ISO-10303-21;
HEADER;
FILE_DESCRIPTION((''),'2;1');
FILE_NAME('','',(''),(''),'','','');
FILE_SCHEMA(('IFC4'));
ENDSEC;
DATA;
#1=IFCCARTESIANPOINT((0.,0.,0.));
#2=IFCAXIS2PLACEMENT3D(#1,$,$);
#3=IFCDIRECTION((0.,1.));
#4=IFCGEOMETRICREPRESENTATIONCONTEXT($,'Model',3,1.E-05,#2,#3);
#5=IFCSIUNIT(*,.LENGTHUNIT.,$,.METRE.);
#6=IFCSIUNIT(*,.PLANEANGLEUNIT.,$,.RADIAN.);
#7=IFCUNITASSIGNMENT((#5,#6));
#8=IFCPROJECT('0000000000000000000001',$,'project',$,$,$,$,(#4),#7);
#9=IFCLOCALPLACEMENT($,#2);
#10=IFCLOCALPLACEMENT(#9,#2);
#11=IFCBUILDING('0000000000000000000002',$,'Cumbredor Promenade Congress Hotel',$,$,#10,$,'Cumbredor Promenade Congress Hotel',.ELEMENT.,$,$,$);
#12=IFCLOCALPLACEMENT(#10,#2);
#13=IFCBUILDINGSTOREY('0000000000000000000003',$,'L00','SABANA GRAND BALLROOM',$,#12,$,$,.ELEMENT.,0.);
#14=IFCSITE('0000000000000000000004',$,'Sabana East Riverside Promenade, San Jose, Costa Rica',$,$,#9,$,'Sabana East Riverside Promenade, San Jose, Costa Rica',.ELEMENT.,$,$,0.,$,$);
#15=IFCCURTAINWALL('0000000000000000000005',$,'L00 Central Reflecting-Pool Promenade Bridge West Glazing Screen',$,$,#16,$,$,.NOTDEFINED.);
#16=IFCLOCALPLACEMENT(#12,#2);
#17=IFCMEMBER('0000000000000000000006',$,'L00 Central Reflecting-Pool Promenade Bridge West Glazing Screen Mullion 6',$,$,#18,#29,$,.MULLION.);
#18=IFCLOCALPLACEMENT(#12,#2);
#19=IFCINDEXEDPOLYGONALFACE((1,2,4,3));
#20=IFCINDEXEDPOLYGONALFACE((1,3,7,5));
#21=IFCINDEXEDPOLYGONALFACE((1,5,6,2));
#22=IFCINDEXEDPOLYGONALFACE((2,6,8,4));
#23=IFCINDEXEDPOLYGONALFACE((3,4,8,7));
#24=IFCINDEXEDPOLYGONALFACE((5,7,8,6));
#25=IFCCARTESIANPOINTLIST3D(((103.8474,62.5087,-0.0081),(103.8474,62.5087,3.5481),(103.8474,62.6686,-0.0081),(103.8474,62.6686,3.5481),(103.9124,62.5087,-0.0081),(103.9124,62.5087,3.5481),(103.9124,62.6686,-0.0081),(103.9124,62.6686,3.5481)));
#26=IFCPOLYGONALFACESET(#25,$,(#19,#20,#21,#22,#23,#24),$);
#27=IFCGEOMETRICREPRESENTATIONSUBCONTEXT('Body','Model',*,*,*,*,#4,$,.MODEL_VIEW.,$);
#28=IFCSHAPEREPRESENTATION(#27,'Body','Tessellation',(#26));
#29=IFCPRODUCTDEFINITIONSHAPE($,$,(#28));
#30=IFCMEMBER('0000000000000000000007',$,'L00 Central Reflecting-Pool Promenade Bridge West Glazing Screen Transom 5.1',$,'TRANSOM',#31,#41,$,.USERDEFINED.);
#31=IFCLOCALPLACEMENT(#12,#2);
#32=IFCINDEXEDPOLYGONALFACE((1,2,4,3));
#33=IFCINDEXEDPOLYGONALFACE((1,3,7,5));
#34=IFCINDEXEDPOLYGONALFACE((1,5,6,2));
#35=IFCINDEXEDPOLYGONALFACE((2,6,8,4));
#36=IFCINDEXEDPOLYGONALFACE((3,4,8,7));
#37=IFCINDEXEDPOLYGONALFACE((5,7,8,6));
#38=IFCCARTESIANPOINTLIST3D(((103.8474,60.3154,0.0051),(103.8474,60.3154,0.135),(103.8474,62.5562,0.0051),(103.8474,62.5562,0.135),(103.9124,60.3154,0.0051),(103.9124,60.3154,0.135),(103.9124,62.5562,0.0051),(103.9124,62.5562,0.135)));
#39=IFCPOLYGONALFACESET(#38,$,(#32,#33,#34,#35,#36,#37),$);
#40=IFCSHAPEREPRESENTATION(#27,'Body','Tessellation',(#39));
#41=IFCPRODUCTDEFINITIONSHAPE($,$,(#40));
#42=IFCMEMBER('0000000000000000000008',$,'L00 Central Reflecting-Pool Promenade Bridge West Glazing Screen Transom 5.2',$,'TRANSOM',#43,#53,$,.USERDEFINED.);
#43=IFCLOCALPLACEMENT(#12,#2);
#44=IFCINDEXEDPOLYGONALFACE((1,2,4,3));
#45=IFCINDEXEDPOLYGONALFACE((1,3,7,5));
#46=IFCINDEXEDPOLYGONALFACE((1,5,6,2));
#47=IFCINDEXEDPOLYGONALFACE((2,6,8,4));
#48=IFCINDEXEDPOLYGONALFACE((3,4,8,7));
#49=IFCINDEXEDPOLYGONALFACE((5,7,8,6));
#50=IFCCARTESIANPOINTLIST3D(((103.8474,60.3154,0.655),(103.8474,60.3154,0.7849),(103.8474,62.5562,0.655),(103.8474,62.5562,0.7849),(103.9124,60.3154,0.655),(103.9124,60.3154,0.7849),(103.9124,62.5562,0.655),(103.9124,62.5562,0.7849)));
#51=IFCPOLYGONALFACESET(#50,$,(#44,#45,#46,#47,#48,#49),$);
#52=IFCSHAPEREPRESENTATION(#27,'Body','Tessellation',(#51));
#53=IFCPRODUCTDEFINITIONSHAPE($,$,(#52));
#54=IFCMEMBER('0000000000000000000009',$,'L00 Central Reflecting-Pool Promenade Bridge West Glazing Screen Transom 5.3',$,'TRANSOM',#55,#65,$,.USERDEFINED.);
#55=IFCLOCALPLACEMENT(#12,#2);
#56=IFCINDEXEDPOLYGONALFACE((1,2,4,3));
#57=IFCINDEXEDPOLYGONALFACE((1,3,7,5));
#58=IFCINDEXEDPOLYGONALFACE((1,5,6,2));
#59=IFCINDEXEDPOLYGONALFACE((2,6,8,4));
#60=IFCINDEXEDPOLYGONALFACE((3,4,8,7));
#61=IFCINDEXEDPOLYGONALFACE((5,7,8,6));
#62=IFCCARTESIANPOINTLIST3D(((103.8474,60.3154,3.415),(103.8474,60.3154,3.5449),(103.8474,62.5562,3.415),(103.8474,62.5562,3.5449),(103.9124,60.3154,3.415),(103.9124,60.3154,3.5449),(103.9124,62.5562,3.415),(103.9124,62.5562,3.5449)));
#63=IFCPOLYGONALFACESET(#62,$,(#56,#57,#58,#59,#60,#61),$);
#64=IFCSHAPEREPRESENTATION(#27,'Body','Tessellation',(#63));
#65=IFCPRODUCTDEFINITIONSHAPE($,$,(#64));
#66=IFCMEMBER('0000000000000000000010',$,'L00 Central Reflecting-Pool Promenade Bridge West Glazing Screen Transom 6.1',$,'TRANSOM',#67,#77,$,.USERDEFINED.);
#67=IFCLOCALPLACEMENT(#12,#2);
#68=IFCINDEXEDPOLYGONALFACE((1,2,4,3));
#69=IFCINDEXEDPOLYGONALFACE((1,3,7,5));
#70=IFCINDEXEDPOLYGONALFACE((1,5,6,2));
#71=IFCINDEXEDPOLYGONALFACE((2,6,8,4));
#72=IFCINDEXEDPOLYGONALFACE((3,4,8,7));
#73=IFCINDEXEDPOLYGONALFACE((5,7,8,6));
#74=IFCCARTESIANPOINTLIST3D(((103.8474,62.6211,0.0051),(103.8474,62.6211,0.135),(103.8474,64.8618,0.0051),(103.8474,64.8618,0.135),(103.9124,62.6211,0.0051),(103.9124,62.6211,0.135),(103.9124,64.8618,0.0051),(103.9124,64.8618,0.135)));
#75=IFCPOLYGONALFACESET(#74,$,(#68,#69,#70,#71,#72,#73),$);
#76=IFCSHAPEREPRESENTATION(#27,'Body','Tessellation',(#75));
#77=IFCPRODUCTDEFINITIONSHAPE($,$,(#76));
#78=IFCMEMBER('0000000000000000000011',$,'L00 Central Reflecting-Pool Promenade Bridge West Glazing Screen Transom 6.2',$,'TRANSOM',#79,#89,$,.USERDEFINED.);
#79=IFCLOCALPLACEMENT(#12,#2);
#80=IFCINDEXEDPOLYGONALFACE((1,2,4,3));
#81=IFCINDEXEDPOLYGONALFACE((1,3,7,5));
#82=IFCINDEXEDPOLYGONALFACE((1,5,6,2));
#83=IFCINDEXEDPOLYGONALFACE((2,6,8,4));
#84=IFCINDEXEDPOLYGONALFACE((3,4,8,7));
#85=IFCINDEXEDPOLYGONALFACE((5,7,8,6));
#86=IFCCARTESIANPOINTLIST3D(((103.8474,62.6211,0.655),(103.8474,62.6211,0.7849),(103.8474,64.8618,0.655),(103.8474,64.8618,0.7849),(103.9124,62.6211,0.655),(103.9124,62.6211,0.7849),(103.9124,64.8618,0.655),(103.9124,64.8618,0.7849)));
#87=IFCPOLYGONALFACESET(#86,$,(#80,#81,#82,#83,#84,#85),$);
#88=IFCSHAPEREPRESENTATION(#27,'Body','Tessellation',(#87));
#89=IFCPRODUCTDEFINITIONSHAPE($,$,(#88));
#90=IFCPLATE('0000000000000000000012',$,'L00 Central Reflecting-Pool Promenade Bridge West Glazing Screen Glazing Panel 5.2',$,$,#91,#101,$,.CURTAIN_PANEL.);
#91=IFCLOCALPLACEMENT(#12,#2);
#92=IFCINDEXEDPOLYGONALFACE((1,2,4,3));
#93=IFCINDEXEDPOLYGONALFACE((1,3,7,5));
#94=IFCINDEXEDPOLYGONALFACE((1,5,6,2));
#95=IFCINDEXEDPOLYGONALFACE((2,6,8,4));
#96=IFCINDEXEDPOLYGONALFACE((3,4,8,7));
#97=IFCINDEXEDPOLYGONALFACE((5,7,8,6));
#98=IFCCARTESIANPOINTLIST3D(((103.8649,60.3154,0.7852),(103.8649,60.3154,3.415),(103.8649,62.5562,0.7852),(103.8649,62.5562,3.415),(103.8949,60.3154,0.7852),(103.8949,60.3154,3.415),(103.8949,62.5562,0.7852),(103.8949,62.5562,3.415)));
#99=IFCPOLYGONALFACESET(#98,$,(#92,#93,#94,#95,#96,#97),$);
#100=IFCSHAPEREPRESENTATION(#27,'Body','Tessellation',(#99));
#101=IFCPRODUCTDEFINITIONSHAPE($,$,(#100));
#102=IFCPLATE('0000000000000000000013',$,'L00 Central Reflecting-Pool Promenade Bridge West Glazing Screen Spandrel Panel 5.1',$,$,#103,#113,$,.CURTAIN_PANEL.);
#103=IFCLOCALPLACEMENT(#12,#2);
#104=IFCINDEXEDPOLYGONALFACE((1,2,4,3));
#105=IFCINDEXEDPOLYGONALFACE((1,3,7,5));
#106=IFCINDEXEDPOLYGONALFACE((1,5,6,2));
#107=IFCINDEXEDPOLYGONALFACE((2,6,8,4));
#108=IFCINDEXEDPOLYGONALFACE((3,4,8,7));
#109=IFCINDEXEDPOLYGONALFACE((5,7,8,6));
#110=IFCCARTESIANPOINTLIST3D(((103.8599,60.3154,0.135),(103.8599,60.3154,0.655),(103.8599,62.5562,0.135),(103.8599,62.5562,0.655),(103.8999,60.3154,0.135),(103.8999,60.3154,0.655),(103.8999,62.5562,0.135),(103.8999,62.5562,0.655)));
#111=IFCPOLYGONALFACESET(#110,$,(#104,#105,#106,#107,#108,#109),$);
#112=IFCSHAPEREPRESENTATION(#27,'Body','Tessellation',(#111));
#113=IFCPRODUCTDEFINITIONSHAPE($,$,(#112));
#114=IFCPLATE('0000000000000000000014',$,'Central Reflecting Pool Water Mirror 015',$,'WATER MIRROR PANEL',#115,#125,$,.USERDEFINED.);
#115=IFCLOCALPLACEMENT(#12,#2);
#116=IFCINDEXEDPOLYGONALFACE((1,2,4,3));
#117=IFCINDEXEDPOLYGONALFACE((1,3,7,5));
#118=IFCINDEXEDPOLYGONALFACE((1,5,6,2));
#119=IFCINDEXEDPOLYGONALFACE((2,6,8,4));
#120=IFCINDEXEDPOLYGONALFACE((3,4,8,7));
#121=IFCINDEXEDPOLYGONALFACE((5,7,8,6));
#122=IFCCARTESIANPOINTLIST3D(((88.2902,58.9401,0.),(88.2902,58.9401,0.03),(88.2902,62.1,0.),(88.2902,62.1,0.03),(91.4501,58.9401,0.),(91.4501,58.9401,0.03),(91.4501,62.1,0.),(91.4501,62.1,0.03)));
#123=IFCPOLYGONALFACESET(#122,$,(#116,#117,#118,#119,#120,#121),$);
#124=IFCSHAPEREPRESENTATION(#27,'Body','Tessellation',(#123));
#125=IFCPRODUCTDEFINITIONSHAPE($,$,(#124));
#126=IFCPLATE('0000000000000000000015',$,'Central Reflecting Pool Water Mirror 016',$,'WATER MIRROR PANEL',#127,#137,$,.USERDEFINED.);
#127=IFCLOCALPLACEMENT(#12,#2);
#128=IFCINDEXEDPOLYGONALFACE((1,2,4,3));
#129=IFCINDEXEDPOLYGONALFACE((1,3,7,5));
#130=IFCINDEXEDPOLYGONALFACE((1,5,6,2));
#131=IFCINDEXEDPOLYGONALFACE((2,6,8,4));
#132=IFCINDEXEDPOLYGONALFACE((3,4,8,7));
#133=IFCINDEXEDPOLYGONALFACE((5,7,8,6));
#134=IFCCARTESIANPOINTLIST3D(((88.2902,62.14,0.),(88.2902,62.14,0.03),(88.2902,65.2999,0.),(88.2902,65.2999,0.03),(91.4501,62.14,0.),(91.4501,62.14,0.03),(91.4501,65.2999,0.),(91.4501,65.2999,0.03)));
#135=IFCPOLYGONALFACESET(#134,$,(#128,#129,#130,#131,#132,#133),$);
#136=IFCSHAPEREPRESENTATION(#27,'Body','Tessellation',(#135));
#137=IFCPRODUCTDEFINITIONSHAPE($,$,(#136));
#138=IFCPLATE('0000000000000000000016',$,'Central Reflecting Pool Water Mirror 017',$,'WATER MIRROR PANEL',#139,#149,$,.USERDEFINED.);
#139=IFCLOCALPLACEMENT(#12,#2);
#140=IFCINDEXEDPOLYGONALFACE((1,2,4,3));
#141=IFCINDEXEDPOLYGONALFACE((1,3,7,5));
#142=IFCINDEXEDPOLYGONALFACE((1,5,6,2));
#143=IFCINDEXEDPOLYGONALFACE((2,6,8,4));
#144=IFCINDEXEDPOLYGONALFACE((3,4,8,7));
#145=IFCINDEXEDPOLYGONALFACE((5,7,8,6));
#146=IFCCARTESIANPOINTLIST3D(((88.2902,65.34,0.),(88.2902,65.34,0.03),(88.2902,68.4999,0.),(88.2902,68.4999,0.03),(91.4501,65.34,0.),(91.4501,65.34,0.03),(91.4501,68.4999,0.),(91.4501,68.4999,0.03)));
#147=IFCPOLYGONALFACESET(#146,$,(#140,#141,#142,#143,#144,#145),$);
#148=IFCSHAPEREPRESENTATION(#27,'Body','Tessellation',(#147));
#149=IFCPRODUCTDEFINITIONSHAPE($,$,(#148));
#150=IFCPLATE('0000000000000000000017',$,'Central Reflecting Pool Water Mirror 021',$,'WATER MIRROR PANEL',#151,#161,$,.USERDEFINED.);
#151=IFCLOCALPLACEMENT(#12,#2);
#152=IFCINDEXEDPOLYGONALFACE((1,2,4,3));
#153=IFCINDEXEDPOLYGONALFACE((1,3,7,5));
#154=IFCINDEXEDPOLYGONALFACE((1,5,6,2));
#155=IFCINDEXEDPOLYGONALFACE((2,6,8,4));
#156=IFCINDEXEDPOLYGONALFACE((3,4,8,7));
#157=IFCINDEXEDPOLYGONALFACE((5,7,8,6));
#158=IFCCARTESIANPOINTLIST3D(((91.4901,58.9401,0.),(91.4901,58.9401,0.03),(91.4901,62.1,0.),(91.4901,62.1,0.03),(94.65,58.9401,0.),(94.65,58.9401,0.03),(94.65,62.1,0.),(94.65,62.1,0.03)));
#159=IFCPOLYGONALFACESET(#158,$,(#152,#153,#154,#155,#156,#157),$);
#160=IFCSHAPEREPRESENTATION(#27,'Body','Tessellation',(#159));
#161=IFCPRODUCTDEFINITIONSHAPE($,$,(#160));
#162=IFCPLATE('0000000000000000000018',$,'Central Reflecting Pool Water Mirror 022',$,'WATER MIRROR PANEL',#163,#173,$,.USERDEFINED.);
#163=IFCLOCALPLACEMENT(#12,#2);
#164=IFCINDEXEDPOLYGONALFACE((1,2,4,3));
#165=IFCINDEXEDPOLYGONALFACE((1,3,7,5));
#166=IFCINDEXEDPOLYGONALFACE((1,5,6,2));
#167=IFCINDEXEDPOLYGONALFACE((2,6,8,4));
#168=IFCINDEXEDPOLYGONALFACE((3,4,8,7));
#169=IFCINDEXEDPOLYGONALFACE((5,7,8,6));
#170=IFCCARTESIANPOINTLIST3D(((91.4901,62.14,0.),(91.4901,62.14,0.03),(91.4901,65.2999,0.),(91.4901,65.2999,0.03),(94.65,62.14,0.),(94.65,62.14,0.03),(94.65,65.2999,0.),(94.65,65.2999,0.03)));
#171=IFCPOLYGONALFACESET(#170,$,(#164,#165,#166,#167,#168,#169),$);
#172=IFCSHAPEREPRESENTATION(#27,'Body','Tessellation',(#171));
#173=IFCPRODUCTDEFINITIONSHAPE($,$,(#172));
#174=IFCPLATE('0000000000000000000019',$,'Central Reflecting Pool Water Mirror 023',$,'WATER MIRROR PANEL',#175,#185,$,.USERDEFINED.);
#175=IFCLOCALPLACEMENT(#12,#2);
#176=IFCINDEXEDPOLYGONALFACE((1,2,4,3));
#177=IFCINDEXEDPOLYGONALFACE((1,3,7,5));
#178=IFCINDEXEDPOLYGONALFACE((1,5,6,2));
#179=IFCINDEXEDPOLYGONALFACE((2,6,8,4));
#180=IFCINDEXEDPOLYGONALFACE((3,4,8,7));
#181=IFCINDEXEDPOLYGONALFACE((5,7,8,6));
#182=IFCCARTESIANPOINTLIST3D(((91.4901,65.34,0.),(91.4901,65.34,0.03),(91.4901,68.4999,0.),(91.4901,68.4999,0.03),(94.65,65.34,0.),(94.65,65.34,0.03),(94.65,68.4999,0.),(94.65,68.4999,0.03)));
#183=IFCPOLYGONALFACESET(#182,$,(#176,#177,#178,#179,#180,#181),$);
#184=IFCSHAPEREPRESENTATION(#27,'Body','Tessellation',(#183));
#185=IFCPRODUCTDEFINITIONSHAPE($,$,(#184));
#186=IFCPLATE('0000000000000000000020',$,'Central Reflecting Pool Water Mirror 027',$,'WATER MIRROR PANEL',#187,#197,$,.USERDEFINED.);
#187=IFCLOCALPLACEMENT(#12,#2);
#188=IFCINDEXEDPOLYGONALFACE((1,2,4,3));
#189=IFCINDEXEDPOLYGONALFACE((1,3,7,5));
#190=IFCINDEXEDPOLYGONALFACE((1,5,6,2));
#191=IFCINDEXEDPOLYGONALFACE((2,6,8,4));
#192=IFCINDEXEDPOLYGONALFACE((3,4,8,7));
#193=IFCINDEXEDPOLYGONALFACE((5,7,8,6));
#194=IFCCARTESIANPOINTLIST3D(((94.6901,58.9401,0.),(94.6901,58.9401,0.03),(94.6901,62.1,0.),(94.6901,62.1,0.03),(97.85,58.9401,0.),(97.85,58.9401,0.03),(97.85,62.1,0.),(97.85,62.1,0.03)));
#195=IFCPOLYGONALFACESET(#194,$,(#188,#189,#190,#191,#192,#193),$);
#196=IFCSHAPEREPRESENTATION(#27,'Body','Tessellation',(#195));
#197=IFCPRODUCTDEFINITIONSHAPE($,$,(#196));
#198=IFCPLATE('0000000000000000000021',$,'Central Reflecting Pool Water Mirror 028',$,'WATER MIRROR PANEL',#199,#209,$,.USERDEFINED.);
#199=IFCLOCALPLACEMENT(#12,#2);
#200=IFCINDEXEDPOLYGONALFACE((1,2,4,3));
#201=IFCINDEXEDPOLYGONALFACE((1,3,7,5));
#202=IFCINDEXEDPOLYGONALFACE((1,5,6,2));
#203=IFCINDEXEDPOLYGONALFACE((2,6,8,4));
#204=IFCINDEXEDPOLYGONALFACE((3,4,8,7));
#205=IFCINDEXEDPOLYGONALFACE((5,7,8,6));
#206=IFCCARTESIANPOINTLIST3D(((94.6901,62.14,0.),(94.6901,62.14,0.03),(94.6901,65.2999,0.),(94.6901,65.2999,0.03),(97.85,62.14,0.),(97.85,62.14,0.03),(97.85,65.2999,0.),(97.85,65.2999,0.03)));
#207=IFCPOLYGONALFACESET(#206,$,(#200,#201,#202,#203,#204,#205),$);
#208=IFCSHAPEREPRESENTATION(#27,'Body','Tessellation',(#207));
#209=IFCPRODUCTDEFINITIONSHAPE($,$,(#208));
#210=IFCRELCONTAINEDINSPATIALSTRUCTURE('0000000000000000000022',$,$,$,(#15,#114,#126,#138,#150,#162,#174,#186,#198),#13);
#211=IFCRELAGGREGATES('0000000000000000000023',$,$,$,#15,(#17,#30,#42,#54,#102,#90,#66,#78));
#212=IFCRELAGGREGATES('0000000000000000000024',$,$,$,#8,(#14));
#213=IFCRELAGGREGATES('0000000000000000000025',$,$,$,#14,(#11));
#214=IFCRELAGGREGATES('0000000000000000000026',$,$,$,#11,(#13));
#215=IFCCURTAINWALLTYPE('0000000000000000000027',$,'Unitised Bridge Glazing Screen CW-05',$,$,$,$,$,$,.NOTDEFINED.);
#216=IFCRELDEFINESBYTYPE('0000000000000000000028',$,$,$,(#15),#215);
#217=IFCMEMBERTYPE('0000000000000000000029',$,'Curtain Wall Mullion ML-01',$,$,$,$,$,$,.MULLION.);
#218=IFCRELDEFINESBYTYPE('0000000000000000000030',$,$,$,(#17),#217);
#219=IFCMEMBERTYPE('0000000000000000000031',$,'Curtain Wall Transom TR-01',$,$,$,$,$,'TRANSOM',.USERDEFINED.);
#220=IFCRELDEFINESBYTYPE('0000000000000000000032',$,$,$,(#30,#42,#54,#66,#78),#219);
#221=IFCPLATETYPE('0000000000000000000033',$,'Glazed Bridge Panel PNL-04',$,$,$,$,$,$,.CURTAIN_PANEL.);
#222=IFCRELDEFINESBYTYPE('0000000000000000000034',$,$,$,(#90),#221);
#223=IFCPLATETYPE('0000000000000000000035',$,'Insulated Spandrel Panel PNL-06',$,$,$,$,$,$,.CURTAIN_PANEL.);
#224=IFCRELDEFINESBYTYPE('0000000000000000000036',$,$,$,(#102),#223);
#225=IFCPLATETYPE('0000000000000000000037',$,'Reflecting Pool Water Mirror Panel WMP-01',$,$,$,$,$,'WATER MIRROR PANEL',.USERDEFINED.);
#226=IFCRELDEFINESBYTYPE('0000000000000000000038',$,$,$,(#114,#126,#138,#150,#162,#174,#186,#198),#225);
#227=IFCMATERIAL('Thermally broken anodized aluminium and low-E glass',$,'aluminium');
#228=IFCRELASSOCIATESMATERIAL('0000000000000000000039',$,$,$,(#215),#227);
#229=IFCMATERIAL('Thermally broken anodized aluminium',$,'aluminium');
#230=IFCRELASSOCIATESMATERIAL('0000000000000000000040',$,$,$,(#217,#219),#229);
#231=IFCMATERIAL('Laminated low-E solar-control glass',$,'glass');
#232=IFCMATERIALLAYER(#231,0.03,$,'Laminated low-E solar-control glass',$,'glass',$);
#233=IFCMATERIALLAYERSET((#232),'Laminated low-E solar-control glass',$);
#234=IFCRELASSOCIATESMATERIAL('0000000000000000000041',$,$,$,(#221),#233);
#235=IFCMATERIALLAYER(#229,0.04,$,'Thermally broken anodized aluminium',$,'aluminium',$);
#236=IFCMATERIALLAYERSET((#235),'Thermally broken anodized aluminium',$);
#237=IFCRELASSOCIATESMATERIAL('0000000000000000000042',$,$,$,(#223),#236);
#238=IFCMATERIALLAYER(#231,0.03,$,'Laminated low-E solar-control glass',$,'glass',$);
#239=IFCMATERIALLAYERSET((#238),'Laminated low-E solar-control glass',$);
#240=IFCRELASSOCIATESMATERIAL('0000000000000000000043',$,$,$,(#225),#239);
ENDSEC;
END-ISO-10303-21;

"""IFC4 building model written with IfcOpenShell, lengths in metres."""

from ifc_helpers import new_model, si_unit, direction, frame, origin, origin_2d, place, context, subcontext, project, spatial, rectangle, extrude, material, layer, layer_set, material_profile, profile_set, type_object, element, aggregate, save


model = new_model("IFC4")

# Units and contexts
model_context = context("Model", 3, precision=1e-05, world=origin(), true_north=direction((0.0, 1.0)))
body_context = subcontext(model_context, "Body", "Model", "MODEL_VIEW")
ifc_project = project(units=[si_unit("LENGTHUNIT", "METRE"), si_unit("PLANEANGLEUNIT", "RADIAN")], contexts=[model_context])

# Site, building, storey
site_placement = place(None, origin())
site = spatial("IfcSite", under=ifc_project, at=site_placement, Name="Sabana East Riverside Promenade, San Jose, Costa Rica", LongName="Sabana East Riverside Promenade, San Jose, Costa Rica", CompositionType="ELEMENT", RefElevation=0.0)
building_placement = place(site_placement, origin())
building = spatial("IfcBuilding", under=site, at=building_placement, Name="Cumbredor Promenade Congress Hotel", LongName="Cumbredor Promenade Congress Hotel", CompositionType="ELEMENT")
storey_placement = place(building_placement, origin())
storey = spatial("IfcBuildingStorey", under=building, at=storey_placement, Name="L00", Description="SABANA GRAND BALLROOM", CompositionType="ELEMENT", Elevation=0.0)

# Curtain wall, members, plates
ifc_material_1 = material(Name="Thermally broken anodized aluminium and low-E glass", Category="aluminium")
curtain_wall_type = type_object("IfcCurtainWallType", Name="Unitised Bridge Glazing Screen CW-05", PredefinedType="NOTDEFINED", material=ifc_material_1)
curtain_wall_placement = place(storey_placement, origin())
curtain_wall = element("IfcCurtainWall", 1, at=curtain_wall_placement, inside=storey, type_object=curtain_wall_type, Name="L00 Central Reflecting-Pool Promenade Bridge West Glazing Screen", PredefinedType="NOTDEFINED")
ifc_material_2 = material(Name="Thermally broken anodized aluminium", Category="aluminium")
ifc_material_profile_1 = material_profile(ifc_material_2, rectangle(XDim=0.0649, YDim=0.1599, at=origin_2d()), Name="ALU MULLION 65x160")
ifc_profile_set_1 = profile_set([ifc_material_profile_1], Name="Thermally broken anodized aluminium")
member_type_1 = type_object("IfcMemberType", Name="Curtain Wall Mullion ML-01", PredefinedType="MULLION", material=ifc_profile_set_1)
member_1_placement = place(storey_placement, frame((103.8799, 62.5886, -0.0081), z_axis=(0.0, 0.0, 1.0), x_axis=(1.0, 0.0, 0.0)))
member_1 = element("IfcMember", 2, at=member_1_placement, type_object=member_type_1, Name="L00 Central Reflecting-Pool Promenade Bridge West Glazing Screen Mullion 6", PredefinedType="MULLION", context=body_context, shape_type="SweptSolid", body=[
    extrude(rectangle(XDim=0.0649, YDim=0.1599, at=origin_2d()), origin(), (0.0, 0.0, 1.0), 3.5562),
])
ifc_material_profile_2 = material_profile(ifc_material_2, rectangle(XDim=0.0649, YDim=0.1299, at=origin_2d()), Name="ALU TRANSOM 65x130")
ifc_profile_set_2 = profile_set([ifc_material_profile_2], Name="Thermally broken anodized aluminium")
member_type_2 = type_object("IfcMemberType", Name="Curtain Wall Transom TR-01", ElementType="TRANSOM", PredefinedType="USERDEFINED", material=ifc_profile_set_2)
member_2_placement = place(storey_placement, frame((103.8799, 60.3154, 0.0701), z_axis=(0.0, 1.0, 0.0), x_axis=(-1.0, 0.0, 0.0)))
member_2 = element("IfcMember", 3, at=member_2_placement, type_object=member_type_2, Name="L00 Central Reflecting-Pool Promenade Bridge West Glazing Screen Transom 5.1", ObjectType="TRANSOM", PredefinedType="USERDEFINED", context=body_context, shape_type="SweptSolid", body=[
    extrude(rectangle(XDim=0.0649, YDim=0.1299, at=origin_2d()), origin(), (0.0, 0.0, 1.0), 2.2407),
])
member_3_placement = place(storey_placement, frame((103.8799, 60.3154, 0.72), z_axis=(0.0, 1.0, 0.0), x_axis=(-1.0, 0.0, 0.0)))
member_3 = element("IfcMember", 4, at=member_3_placement, type_object=member_type_2, Name="L00 Central Reflecting-Pool Promenade Bridge West Glazing Screen Transom 5.2", ObjectType="TRANSOM", PredefinedType="USERDEFINED", context=body_context, shape_type="SweptSolid", body=[
    extrude(rectangle(XDim=0.0649, YDim=0.1299, at=origin_2d()), origin(), (0.0, 0.0, 1.0), 2.2407),
])
member_4_placement = place(storey_placement, frame((103.8799, 60.3154, 3.48), z_axis=(0.0, 1.0, 0.0), x_axis=(-1.0, 0.0, 0.0)))
member_4 = element("IfcMember", 5, at=member_4_placement, type_object=member_type_2, Name="L00 Central Reflecting-Pool Promenade Bridge West Glazing Screen Transom 5.3", ObjectType="TRANSOM", PredefinedType="USERDEFINED", context=body_context, shape_type="SweptSolid", body=[
    extrude(rectangle(XDim=0.0649, YDim=0.1299, at=origin_2d()), origin(), (0.0, 0.0, 1.0), 2.2407),
])
member_5_placement = place(storey_placement, frame((103.8799, 62.6211, 0.0701), z_axis=(0.0, 1.0, 0.0), x_axis=(-1.0, 0.0, 0.0)))
member_5 = element("IfcMember", 6, at=member_5_placement, type_object=member_type_2, Name="L00 Central Reflecting-Pool Promenade Bridge West Glazing Screen Transom 6.1", ObjectType="TRANSOM", PredefinedType="USERDEFINED", context=body_context, shape_type="SweptSolid", body=[
    extrude(rectangle(XDim=0.0649, YDim=0.1299, at=origin_2d()), origin(), (0.0, 0.0, 1.0), 2.2407),
])
member_6_placement = place(storey_placement, frame((103.8799, 62.6211, 0.72), z_axis=(0.0, 1.0, 0.0), x_axis=(-1.0, 0.0, 0.0)))
member_6 = element("IfcMember", 7, at=member_6_placement, type_object=member_type_2, Name="L00 Central Reflecting-Pool Promenade Bridge West Glazing Screen Transom 6.2", ObjectType="TRANSOM", PredefinedType="USERDEFINED", context=body_context, shape_type="SweptSolid", body=[
    extrude(rectangle(XDim=0.0649, YDim=0.1299, at=origin_2d()), origin(), (0.0, 0.0, 1.0), 2.2407),
])
ifc_material_3 = material(Name="Laminated low-E solar-control glass", Category="glass")
ifc_layer_1 = layer(ifc_material_3, 0.03, Name="Laminated low-E solar-control glass", Category="glass")
ifc_layer_set_1 = layer_set([ifc_layer_1], Name="Laminated low-E solar-control glass")
plate_type_1 = type_object("IfcPlateType", Name="Glazed Bridge Panel PNL-04", PredefinedType="CURTAIN_PANEL", material=ifc_layer_set_1)
plate_1_placement = place(storey_placement, frame((103.8799, 61.4358, 0.7852), z_axis=(0.0, 0.0, 1.0), x_axis=(0.0, 1.0, 0.0)))
plate_1 = element("IfcPlate", 8, at=plate_1_placement, type_object=plate_type_1, Name="L00 Central Reflecting-Pool Promenade Bridge West Glazing Screen Glazing Panel 5.2", PredefinedType="CURTAIN_PANEL", context=body_context, shape_type="SweptSolid", body=[
    extrude(rectangle(XDim=2.2407, YDim=0.03, at=origin_2d()), origin(), (0.0, 0.0, 1.0), 2.6299),
])
ifc_layer_2 = layer(ifc_material_2, 0.04, Name="Thermally broken anodized aluminium", Category="aluminium")
ifc_layer_set_2 = layer_set([ifc_layer_2], Name="Thermally broken anodized aluminium")
plate_type_2 = type_object("IfcPlateType", Name="Insulated Spandrel Panel PNL-06", PredefinedType="CURTAIN_PANEL", material=ifc_layer_set_2)
plate_2_placement = place(storey_placement, frame((103.8799, 61.4358, 0.135), z_axis=(0.0, 0.0, 1.0), x_axis=(0.0, 1.0, 0.0)))
plate_2 = element("IfcPlate", 9, at=plate_2_placement, type_object=plate_type_2, Name="L00 Central Reflecting-Pool Promenade Bridge West Glazing Screen Spandrel Panel 5.1", PredefinedType="CURTAIN_PANEL", context=body_context, shape_type="SweptSolid", body=[
    extrude(rectangle(XDim=2.2407, YDim=0.04, at=origin_2d()), origin(), (0.0, 0.0, 1.0), 0.52),
])
aggregate(curtain_wall, [member_1, member_2, member_3, member_4, plate_2, plate_1, member_5, member_6])

# Plates
ifc_layer_3 = layer(ifc_material_3, 0.03, Name="Laminated low-E solar-control glass", Category="glass")
ifc_layer_set_3 = layer_set([ifc_layer_3], Name="Laminated low-E solar-control glass")
plate_type_3 = type_object("IfcPlateType", Name="Reflecting Pool Water Mirror Panel WMP-01", ElementType="WATER MIRROR PANEL", PredefinedType="USERDEFINED", material=ifc_layer_set_3)
for number, where, z_axis, x_axis, name in (
    (10, (89.8701, 60.52, 0.0), (0.0, 0.0, 1.0), (1.0, 0.0, 0.0), "Central Reflecting Pool Water Mirror 015"),
    (11, (89.8701, 63.72, 0.0), (0.0, 0.0, 1.0), (1.0, 0.0, 0.0), "Central Reflecting Pool Water Mirror 016"),
    (12, (89.8701, 66.9199, 0.0), (0.0, 0.0, 1.0), (1.0, 0.0, 0.0), "Central Reflecting Pool Water Mirror 017"),
    (13, (93.0701, 60.52, 0.0), (0.0, 0.0, 1.0), (1.0, 0.0, 0.0), "Central Reflecting Pool Water Mirror 021"),
    (14, (93.0701, 63.72, 0.0), (0.0, 0.0, 1.0), (1.0, 0.0, 0.0), "Central Reflecting Pool Water Mirror 022"),
    (15, (93.0701, 66.9199, 0.0), (0.0, 0.0, 1.0), (1.0, 0.0, 0.0), "Central Reflecting Pool Water Mirror 023"),
    (16, (96.27, 60.52, 0.0), (0.0, 0.0, 1.0), (1.0, 0.0, 0.0), "Central Reflecting Pool Water Mirror 027"),
    (17, (96.27, 63.72, 0.0), (0.0, 0.0, 1.0), (1.0, 0.0, 0.0), "Central Reflecting Pool Water Mirror 028"),
):
    element("IfcPlate", number, at=place(storey_placement, frame(where, z_axis=z_axis, x_axis=x_axis)), inside=storey, type_object=plate_type_3, Name=name, ObjectType="WATER MIRROR PANEL", PredefinedType="USERDEFINED", context=body_context, shape_type="SweptSolid", body=[
        extrude(rectangle(XDim=3.1599, YDim=3.1599, at=origin_2d()), origin(), (0.0, 0.0, 1.0), 0.03),
    ])

save(model, "model.ifc")
